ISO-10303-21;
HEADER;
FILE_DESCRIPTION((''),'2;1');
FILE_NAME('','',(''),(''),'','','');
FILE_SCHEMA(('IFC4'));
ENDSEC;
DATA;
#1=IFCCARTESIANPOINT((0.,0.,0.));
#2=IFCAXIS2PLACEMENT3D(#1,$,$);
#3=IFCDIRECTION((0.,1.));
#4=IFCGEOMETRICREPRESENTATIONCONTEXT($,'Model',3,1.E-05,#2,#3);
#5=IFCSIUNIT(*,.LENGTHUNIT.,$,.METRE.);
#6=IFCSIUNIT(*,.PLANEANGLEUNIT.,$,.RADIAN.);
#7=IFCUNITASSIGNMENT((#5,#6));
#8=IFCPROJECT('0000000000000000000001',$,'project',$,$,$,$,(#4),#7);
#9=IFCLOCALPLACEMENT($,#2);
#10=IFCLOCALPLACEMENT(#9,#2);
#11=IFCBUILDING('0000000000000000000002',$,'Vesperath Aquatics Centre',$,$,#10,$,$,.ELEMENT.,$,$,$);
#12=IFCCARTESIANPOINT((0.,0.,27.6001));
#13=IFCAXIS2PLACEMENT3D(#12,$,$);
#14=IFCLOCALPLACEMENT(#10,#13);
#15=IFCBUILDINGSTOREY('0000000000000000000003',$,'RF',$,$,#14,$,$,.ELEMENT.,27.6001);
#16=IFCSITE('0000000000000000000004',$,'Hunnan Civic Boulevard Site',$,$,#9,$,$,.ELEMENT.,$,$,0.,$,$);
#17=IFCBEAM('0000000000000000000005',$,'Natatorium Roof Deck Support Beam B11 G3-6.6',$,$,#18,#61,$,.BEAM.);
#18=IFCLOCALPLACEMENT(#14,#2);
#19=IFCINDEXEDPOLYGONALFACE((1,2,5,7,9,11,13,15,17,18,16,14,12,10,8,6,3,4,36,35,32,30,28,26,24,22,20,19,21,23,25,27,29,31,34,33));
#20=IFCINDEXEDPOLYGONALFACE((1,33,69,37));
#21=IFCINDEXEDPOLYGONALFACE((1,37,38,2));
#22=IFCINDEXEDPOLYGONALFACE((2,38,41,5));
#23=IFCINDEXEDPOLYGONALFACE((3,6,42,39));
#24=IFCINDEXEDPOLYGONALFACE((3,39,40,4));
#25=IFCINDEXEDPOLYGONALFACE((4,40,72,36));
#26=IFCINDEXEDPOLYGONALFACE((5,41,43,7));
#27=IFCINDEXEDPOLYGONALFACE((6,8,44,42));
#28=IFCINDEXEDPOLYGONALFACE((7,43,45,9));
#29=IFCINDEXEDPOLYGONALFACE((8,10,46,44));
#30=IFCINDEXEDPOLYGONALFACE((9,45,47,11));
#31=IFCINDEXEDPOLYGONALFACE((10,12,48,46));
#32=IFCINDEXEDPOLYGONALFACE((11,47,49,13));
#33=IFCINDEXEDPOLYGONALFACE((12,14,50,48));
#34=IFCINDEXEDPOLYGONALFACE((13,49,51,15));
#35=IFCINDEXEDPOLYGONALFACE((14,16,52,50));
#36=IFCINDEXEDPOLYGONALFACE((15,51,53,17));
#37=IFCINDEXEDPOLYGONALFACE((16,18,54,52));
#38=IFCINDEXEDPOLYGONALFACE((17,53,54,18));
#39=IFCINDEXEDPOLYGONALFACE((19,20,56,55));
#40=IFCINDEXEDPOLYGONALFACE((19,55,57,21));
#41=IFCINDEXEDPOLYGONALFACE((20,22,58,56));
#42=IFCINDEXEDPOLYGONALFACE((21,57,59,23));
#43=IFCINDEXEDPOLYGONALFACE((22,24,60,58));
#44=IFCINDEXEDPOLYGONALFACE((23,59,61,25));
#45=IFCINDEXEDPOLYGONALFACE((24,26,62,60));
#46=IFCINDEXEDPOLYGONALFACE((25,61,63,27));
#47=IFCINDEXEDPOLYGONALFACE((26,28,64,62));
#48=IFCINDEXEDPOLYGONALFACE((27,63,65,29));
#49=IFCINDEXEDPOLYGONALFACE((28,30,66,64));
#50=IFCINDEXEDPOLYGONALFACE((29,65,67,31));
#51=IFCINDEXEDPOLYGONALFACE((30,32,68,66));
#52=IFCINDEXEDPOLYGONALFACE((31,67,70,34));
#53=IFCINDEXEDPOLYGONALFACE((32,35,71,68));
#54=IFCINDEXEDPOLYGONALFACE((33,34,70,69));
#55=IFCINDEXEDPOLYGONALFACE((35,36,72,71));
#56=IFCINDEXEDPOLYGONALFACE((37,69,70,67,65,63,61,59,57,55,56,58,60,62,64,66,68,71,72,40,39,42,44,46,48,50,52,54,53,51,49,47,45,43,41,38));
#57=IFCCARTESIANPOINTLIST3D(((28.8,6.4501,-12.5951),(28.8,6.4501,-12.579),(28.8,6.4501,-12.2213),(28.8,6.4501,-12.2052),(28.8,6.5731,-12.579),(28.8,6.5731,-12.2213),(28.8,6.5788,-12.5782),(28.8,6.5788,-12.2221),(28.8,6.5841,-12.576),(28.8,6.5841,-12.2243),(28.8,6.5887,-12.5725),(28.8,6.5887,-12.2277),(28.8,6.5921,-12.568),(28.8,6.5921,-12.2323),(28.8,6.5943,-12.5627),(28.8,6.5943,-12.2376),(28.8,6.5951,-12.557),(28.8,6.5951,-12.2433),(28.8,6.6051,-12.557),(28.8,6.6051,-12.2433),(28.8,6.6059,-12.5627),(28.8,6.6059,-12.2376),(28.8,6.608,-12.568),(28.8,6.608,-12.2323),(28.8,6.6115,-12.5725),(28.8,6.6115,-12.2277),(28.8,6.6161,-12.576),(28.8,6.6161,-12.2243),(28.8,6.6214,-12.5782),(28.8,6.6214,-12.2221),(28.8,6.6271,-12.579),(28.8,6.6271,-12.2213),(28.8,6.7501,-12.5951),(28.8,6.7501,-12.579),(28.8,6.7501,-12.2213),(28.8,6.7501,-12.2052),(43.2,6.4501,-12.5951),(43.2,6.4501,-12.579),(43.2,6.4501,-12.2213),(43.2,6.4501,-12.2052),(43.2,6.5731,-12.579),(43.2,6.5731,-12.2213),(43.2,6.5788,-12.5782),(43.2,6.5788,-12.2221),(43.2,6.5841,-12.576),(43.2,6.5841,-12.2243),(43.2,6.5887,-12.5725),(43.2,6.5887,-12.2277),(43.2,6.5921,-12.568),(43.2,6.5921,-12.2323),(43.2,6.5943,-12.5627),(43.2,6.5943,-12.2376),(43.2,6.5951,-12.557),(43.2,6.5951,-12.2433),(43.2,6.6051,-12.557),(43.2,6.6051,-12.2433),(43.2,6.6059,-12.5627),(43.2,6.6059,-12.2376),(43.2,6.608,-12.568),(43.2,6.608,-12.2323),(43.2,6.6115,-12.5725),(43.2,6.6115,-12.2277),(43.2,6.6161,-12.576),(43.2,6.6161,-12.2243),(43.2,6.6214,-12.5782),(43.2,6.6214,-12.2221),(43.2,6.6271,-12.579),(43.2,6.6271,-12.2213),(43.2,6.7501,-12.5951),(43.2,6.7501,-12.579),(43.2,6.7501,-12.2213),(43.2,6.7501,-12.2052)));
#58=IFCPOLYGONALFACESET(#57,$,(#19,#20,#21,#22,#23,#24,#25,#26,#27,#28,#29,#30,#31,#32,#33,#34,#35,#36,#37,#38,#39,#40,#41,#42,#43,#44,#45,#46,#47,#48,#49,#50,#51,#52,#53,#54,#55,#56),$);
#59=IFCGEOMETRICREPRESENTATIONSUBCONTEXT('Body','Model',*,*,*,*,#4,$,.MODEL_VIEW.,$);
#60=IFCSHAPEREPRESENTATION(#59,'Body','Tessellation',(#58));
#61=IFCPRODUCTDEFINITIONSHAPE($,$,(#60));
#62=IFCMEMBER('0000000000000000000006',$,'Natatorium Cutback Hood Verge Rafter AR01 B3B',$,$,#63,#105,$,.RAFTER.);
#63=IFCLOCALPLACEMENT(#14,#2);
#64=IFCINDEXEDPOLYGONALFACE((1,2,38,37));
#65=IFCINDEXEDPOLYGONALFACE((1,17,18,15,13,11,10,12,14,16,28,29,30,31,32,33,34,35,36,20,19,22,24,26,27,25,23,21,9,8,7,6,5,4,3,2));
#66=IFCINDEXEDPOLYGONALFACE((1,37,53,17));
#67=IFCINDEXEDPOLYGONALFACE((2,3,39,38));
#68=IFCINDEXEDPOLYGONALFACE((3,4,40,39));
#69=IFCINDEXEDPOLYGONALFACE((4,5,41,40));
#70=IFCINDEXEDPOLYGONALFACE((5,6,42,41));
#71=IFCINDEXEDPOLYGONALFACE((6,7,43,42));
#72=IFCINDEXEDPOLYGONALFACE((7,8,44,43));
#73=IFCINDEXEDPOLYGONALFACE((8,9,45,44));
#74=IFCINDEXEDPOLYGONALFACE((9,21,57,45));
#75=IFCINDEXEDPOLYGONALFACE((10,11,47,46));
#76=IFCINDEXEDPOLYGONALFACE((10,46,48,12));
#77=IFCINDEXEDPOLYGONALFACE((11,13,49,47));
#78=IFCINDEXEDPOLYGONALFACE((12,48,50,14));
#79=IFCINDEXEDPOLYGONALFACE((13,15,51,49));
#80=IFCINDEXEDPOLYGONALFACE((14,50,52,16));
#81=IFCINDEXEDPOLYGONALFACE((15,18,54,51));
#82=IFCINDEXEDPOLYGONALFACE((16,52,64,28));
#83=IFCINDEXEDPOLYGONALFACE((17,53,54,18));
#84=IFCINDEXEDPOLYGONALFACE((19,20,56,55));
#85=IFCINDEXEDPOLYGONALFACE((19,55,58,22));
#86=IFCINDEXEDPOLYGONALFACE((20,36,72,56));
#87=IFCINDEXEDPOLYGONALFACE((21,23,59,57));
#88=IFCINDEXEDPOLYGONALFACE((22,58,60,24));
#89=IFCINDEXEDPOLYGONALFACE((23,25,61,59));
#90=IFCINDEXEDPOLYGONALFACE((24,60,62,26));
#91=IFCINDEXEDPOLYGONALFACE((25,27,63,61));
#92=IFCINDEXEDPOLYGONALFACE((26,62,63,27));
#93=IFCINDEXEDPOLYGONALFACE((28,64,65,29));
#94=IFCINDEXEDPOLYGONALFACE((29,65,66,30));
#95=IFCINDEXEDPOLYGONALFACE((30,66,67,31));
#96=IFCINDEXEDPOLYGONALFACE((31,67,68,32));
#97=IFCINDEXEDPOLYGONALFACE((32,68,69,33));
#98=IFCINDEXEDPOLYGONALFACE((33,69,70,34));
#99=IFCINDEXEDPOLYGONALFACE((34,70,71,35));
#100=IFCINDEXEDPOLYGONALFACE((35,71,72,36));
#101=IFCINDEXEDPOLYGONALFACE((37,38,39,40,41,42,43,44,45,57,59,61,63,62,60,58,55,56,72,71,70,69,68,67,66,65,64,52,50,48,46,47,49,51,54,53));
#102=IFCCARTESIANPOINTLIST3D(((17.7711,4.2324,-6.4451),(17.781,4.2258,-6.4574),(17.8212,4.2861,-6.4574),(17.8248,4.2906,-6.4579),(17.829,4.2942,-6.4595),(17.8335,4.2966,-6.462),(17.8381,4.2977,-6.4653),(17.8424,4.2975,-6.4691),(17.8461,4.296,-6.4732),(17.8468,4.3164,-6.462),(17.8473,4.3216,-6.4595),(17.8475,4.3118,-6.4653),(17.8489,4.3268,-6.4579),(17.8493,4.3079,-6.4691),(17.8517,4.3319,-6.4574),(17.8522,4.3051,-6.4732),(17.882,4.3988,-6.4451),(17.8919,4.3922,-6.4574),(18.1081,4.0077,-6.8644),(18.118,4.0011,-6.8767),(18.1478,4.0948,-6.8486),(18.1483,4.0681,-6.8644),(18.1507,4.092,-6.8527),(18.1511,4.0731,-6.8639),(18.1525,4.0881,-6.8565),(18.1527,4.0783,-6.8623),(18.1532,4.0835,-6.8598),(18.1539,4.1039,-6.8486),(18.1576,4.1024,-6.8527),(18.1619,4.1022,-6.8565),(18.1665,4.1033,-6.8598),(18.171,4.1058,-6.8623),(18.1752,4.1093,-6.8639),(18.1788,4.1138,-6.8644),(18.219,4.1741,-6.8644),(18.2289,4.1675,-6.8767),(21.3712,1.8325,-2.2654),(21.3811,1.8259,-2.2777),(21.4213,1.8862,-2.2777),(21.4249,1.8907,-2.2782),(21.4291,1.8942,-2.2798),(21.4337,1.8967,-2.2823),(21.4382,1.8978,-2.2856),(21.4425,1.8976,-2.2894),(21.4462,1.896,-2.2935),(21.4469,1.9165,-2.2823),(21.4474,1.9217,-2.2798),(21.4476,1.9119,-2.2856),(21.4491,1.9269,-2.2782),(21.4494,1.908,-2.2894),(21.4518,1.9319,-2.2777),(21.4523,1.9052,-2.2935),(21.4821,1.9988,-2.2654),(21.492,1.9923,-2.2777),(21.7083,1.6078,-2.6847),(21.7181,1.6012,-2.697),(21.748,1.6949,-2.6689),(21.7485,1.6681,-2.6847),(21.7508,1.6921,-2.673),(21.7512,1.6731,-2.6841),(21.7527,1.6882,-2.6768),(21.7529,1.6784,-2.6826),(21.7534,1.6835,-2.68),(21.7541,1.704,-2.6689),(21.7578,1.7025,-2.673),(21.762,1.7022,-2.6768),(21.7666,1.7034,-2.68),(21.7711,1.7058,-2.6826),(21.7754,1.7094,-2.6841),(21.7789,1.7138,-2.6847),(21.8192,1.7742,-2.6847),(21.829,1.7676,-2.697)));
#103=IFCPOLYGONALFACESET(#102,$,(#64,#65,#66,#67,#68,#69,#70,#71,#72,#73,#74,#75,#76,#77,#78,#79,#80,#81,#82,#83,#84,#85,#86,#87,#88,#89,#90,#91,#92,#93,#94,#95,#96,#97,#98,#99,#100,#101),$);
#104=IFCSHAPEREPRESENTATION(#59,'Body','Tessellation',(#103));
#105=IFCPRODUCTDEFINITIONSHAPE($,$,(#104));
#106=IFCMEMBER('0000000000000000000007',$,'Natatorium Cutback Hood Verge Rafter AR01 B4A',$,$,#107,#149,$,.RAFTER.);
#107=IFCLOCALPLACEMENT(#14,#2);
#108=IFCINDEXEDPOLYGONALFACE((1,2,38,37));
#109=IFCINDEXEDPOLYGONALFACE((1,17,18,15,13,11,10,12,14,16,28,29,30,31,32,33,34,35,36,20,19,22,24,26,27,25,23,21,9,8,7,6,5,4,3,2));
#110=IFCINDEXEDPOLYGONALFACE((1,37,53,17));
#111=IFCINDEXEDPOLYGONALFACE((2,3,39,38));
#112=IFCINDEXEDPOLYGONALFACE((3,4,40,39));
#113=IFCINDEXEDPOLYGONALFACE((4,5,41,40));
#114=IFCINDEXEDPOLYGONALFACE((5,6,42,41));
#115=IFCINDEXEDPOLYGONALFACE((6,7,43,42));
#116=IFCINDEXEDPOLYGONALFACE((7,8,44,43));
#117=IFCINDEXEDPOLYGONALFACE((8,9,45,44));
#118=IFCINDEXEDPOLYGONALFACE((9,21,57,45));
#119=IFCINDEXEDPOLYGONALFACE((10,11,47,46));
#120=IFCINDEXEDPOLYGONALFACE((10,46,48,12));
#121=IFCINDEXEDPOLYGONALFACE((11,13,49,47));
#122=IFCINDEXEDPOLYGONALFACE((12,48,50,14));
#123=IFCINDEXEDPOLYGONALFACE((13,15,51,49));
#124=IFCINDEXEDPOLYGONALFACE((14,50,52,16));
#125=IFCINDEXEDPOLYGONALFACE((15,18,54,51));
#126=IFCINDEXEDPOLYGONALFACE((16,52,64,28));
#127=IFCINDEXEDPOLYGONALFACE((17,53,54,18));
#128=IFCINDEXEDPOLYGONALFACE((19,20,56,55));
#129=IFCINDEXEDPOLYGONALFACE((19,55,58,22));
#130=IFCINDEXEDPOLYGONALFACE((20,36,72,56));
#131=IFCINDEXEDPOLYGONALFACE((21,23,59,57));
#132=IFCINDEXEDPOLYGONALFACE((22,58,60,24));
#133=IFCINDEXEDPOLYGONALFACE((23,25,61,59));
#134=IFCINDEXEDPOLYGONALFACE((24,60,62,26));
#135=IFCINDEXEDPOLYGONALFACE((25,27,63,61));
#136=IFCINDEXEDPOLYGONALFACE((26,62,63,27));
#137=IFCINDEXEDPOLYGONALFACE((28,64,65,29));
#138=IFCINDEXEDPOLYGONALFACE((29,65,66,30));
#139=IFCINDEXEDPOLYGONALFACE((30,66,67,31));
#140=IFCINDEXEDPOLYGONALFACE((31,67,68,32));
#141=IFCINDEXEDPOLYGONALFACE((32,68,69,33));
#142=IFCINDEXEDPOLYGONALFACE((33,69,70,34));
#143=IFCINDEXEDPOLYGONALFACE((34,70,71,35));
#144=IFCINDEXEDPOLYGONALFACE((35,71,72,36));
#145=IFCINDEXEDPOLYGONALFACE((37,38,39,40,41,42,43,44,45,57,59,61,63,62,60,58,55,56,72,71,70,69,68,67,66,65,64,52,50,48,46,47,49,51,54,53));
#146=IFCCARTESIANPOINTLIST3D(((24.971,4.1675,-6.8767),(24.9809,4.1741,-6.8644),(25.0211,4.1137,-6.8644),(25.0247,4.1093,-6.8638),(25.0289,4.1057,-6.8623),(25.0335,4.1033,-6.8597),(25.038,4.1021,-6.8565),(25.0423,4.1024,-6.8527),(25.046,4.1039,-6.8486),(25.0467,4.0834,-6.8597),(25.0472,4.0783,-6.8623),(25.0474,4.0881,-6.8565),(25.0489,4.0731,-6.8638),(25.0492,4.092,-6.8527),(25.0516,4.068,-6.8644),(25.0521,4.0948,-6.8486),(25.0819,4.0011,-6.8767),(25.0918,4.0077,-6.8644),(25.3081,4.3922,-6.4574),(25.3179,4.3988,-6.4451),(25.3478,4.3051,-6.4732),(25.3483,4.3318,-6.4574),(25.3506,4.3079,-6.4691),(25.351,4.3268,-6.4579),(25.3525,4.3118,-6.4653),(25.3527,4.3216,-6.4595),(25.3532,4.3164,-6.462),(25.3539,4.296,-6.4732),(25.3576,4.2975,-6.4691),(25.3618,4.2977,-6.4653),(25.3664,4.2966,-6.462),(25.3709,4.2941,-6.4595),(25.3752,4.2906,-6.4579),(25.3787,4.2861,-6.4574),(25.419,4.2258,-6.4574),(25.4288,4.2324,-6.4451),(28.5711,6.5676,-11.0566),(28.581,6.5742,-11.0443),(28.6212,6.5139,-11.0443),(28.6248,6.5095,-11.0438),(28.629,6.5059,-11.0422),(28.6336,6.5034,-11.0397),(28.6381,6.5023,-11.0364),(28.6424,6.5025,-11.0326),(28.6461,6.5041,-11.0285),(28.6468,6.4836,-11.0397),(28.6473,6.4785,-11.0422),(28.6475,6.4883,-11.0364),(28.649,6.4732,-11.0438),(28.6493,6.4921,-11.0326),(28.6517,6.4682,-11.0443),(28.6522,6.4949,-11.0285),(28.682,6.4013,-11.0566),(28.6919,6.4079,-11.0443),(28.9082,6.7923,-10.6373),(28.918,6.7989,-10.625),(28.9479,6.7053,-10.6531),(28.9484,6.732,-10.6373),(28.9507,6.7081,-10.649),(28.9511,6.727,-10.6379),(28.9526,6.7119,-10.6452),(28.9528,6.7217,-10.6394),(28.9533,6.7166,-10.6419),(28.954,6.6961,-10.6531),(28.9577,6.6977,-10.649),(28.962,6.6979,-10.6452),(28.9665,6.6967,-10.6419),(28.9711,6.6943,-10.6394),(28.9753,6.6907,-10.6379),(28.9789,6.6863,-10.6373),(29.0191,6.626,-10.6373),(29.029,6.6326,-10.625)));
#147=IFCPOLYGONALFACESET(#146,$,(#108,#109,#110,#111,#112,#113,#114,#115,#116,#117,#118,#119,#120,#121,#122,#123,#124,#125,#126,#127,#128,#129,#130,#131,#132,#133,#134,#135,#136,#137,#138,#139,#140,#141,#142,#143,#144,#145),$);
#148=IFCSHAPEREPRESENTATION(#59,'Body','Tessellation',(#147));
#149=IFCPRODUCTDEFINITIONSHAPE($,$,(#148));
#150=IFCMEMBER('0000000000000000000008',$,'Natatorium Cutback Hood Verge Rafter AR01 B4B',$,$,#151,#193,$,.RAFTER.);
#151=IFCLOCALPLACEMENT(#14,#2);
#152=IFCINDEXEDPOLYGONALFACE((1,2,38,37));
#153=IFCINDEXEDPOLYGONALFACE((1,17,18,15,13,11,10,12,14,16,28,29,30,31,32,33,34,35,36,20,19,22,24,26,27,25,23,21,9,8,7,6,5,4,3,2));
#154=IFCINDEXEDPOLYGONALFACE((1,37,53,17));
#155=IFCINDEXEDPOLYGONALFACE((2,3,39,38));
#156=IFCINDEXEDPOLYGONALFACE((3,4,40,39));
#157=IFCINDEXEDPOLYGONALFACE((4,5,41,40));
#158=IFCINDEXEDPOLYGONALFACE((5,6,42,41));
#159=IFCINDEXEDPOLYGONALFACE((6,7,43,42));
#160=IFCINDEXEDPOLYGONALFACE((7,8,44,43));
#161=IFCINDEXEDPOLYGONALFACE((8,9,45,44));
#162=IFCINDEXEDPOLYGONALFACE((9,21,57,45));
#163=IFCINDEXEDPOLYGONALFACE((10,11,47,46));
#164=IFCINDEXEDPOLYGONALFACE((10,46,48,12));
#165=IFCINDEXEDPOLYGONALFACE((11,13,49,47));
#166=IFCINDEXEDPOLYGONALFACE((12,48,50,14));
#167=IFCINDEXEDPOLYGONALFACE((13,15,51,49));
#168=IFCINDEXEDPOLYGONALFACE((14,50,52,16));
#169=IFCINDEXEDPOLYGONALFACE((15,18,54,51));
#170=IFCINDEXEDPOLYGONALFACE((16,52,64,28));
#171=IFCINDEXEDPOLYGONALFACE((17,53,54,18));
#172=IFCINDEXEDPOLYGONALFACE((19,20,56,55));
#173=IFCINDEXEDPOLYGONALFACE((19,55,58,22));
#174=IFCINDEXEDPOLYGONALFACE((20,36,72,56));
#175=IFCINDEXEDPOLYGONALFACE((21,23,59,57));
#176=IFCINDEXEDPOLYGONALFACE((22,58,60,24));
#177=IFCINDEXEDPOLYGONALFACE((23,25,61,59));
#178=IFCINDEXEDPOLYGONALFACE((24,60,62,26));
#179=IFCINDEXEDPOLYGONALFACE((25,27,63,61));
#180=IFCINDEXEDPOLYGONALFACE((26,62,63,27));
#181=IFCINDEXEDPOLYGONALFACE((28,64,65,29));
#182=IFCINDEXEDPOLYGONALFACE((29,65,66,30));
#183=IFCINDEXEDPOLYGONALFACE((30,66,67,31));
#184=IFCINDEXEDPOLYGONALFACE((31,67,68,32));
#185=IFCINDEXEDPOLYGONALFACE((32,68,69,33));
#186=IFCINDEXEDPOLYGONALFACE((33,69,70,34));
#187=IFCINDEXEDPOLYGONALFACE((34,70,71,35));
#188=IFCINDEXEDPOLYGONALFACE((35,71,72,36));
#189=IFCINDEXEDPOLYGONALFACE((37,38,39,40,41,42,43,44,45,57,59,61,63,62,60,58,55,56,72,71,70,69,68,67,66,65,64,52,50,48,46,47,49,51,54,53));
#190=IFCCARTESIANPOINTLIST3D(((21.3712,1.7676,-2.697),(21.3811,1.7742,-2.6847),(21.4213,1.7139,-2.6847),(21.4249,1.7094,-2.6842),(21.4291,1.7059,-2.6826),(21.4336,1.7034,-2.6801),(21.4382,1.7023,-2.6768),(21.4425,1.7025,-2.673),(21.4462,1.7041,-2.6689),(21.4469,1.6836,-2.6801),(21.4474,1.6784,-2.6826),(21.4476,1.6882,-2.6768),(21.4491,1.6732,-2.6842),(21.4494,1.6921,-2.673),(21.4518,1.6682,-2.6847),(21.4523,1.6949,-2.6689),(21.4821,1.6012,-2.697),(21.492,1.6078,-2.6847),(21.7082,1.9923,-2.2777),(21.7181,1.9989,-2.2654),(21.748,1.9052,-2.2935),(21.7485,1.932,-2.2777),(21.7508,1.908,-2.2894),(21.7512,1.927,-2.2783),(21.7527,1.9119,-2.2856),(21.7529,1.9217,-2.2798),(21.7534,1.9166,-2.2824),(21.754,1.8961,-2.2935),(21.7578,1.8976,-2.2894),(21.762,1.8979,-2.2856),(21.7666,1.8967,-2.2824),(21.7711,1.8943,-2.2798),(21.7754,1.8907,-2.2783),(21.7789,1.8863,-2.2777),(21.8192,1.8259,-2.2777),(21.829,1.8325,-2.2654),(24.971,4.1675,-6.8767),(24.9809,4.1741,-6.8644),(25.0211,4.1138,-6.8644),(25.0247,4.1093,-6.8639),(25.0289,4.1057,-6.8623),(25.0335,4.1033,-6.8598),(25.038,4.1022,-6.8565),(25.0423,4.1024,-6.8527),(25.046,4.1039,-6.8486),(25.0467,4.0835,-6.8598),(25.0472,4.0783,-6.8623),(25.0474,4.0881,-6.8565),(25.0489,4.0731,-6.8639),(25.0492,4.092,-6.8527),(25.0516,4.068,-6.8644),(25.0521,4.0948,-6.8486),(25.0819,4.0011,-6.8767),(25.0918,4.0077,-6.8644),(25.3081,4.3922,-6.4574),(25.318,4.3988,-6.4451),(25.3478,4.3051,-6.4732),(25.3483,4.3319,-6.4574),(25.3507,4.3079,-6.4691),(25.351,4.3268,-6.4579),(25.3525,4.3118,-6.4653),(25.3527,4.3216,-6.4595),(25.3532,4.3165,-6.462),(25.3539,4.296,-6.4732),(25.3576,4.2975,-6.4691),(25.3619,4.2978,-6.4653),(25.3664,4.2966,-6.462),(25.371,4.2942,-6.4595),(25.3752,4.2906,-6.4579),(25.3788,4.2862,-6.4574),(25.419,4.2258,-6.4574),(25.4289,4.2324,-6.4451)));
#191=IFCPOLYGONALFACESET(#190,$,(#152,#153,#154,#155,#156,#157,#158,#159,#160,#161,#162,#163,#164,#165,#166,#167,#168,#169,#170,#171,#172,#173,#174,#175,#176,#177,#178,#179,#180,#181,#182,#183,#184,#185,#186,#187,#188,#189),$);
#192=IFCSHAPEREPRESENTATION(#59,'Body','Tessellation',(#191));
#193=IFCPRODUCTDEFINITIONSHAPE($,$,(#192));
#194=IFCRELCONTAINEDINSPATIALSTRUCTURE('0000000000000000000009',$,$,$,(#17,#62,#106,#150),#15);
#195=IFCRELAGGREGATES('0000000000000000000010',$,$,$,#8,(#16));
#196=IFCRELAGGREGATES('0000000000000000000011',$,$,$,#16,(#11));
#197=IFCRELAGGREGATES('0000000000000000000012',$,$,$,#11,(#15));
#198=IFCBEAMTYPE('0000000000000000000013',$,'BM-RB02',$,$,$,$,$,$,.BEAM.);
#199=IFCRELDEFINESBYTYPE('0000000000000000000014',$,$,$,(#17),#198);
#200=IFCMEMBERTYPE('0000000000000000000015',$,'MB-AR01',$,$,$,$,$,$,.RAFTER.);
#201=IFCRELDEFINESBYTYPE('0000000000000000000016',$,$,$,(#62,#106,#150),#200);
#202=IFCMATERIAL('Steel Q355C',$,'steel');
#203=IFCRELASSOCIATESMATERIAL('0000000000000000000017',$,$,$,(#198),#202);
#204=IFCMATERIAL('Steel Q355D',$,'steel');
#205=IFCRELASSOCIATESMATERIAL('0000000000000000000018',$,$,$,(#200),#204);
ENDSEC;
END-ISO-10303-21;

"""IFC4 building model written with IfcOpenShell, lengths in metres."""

from ifc_helpers import new_model, si_unit, direction, frame, origin, origin_2d, place, context, subcontext, project, spatial, i_section, extrude, material, material_profile, profile_set, type_object, element, save


model = new_model("IFC4")

# Units and contexts
model_context = context("Model", 3, precision=1e-05, world=origin(), true_north=direction((0.0, 1.0)))
body_context = subcontext(model_context, "Body", "Model", "MODEL_VIEW")
ifc_project = project(units=[si_unit("LENGTHUNIT", "METRE"), si_unit("PLANEANGLEUNIT", "RADIAN")], contexts=[model_context])

# Site, building, storey
site_placement = place(None, origin())
site = spatial("IfcSite", under=ifc_project, at=site_placement, Name="Hunnan Civic Boulevard Site", CompositionType="ELEMENT", RefElevation=0.0)
building_placement = place(site_placement, origin())
building = spatial("IfcBuilding", under=site, at=building_placement, Name="Vesperath Aquatics Centre", CompositionType="ELEMENT")
storey_placement = place(building_placement, frame((0.0, 0.0, 27.6001)))
storey = spatial("IfcBuildingStorey", under=building, at=storey_placement, Name="RF", CompositionType="ELEMENT", Elevation=27.6001)

# Beam
ifc_material_1 = material(Name="Steel Q355C", Category="steel")
ifc_material_profile_1 = material_profile(ifc_material_1, i_section(OverallWidth=0.3, OverallDepth=0.3899, WebThickness=0.01, FlangeThickness=0.0161, FilletRadius=0.022, at=origin_2d()), Name="HM 390x300x10x16")
ifc_profile_set_1 = profile_set([ifc_material_profile_1], Name="Steel Q355C")
beam_type = type_object("IfcBeamType", Name="BM-RB02", PredefinedType="BEAM", material=ifc_profile_set_1)
beam_placement = place(storey_placement, frame((28.8, 6.6001, -12.4001), z_axis=(1.0, 0.0, 0.0), x_axis=(0.0, 1.0, 0.0)))
element("IfcBeam", 1, at=beam_placement, inside=storey, type_object=beam_type, Name="Natatorium Roof Deck Support Beam B11 G3-6.6", PredefinedType="BEAM", context=body_context, shape_type="SweptSolid", body=[
    extrude(i_section(OverallWidth=0.3, OverallDepth=0.3899, WebThickness=0.01, FlangeThickness=0.0161, FilletRadius=0.022, at=origin_2d()), origin(), (0.0, 0.0, 1.0), 14.3999),
])

# Members
ifc_material_2 = material(Name="Steel Q355D", Category="steel")
ifc_material_profile_2 = material_profile(ifc_material_2, i_section(OverallWidth=0.2, OverallDepth=0.6001, WebThickness=0.011, FlangeThickness=0.0171, FilletRadius=0.022, at=origin_2d()), Name="HN 600x200x11x17")
ifc_profile_set_2 = profile_set([ifc_material_profile_2], Name="Steel Q355D")
member_type_1 = type_object("IfcMemberType", Name="MB-AR01", PredefinedType="RAFTER", material=ifc_profile_set_2)
member_1_placement = place(storey_placement, frame((18.0, 4.2, -6.6609), z_axis=(0.598439, -0.398932, 0.694783), x_axis=(0.554674, 0.832068, 0.0)))
element("IfcMember", 2, at=member_1_placement, inside=storey, type_object=member_type_1, Name="Natatorium Cutback Hood Verge Rafter AR01 B3B", PredefinedType="RAFTER", context=body_context, shape_type="SweptSolid", body=[
    extrude(i_section(OverallWidth=0.2, OverallDepth=0.6001, WebThickness=0.011, FlangeThickness=0.0171, FilletRadius=0.022, at=origin_2d()), origin(), (0.0, 0.0, 1.0), 6.0159),
])
member_2_placement = place(storey_placement, frame((28.8, 6.6001, -10.8408), z_axis=(-0.598412, -0.398955, 0.694793), x_axis=(0.554713, -0.832042, 0.0)))
element("IfcMember", 3, at=member_2_placement, inside=storey, type_object=member_type_1, Name="Natatorium Cutback Hood Verge Rafter AR01 B4A", PredefinedType="RAFTER", context=body_context, shape_type="SweptSolid", body=[
    extrude(i_section(OverallWidth=0.2, OverallDepth=0.6001, WebThickness=0.011, FlangeThickness=0.0171, FilletRadius=0.022, at=origin_2d()), origin(), (0.0, 0.0, 1.0), 6.0161),
])
member_3_placement = place(storey_placement, frame((25.2, 4.2, -6.6609), z_axis=(-0.598413, -0.398942, 0.6948), x_axis=(0.5547, -0.83205, 0.0)))
element("IfcMember", 4, at=member_3_placement, inside=storey, type_object=member_type_1, Name="Natatorium Cutback Hood Verge Rafter AR01 B4B", PredefinedType="RAFTER", context=body_context, shape_type="SweptSolid", body=[
    extrude(i_section(OverallWidth=0.2, OverallDepth=0.6001, WebThickness=0.011, FlangeThickness=0.0171, FilletRadius=0.022, at=origin_2d()), origin(), (0.0, 0.0, 1.0), 6.0156),
])

save(model, "model.ifc")
